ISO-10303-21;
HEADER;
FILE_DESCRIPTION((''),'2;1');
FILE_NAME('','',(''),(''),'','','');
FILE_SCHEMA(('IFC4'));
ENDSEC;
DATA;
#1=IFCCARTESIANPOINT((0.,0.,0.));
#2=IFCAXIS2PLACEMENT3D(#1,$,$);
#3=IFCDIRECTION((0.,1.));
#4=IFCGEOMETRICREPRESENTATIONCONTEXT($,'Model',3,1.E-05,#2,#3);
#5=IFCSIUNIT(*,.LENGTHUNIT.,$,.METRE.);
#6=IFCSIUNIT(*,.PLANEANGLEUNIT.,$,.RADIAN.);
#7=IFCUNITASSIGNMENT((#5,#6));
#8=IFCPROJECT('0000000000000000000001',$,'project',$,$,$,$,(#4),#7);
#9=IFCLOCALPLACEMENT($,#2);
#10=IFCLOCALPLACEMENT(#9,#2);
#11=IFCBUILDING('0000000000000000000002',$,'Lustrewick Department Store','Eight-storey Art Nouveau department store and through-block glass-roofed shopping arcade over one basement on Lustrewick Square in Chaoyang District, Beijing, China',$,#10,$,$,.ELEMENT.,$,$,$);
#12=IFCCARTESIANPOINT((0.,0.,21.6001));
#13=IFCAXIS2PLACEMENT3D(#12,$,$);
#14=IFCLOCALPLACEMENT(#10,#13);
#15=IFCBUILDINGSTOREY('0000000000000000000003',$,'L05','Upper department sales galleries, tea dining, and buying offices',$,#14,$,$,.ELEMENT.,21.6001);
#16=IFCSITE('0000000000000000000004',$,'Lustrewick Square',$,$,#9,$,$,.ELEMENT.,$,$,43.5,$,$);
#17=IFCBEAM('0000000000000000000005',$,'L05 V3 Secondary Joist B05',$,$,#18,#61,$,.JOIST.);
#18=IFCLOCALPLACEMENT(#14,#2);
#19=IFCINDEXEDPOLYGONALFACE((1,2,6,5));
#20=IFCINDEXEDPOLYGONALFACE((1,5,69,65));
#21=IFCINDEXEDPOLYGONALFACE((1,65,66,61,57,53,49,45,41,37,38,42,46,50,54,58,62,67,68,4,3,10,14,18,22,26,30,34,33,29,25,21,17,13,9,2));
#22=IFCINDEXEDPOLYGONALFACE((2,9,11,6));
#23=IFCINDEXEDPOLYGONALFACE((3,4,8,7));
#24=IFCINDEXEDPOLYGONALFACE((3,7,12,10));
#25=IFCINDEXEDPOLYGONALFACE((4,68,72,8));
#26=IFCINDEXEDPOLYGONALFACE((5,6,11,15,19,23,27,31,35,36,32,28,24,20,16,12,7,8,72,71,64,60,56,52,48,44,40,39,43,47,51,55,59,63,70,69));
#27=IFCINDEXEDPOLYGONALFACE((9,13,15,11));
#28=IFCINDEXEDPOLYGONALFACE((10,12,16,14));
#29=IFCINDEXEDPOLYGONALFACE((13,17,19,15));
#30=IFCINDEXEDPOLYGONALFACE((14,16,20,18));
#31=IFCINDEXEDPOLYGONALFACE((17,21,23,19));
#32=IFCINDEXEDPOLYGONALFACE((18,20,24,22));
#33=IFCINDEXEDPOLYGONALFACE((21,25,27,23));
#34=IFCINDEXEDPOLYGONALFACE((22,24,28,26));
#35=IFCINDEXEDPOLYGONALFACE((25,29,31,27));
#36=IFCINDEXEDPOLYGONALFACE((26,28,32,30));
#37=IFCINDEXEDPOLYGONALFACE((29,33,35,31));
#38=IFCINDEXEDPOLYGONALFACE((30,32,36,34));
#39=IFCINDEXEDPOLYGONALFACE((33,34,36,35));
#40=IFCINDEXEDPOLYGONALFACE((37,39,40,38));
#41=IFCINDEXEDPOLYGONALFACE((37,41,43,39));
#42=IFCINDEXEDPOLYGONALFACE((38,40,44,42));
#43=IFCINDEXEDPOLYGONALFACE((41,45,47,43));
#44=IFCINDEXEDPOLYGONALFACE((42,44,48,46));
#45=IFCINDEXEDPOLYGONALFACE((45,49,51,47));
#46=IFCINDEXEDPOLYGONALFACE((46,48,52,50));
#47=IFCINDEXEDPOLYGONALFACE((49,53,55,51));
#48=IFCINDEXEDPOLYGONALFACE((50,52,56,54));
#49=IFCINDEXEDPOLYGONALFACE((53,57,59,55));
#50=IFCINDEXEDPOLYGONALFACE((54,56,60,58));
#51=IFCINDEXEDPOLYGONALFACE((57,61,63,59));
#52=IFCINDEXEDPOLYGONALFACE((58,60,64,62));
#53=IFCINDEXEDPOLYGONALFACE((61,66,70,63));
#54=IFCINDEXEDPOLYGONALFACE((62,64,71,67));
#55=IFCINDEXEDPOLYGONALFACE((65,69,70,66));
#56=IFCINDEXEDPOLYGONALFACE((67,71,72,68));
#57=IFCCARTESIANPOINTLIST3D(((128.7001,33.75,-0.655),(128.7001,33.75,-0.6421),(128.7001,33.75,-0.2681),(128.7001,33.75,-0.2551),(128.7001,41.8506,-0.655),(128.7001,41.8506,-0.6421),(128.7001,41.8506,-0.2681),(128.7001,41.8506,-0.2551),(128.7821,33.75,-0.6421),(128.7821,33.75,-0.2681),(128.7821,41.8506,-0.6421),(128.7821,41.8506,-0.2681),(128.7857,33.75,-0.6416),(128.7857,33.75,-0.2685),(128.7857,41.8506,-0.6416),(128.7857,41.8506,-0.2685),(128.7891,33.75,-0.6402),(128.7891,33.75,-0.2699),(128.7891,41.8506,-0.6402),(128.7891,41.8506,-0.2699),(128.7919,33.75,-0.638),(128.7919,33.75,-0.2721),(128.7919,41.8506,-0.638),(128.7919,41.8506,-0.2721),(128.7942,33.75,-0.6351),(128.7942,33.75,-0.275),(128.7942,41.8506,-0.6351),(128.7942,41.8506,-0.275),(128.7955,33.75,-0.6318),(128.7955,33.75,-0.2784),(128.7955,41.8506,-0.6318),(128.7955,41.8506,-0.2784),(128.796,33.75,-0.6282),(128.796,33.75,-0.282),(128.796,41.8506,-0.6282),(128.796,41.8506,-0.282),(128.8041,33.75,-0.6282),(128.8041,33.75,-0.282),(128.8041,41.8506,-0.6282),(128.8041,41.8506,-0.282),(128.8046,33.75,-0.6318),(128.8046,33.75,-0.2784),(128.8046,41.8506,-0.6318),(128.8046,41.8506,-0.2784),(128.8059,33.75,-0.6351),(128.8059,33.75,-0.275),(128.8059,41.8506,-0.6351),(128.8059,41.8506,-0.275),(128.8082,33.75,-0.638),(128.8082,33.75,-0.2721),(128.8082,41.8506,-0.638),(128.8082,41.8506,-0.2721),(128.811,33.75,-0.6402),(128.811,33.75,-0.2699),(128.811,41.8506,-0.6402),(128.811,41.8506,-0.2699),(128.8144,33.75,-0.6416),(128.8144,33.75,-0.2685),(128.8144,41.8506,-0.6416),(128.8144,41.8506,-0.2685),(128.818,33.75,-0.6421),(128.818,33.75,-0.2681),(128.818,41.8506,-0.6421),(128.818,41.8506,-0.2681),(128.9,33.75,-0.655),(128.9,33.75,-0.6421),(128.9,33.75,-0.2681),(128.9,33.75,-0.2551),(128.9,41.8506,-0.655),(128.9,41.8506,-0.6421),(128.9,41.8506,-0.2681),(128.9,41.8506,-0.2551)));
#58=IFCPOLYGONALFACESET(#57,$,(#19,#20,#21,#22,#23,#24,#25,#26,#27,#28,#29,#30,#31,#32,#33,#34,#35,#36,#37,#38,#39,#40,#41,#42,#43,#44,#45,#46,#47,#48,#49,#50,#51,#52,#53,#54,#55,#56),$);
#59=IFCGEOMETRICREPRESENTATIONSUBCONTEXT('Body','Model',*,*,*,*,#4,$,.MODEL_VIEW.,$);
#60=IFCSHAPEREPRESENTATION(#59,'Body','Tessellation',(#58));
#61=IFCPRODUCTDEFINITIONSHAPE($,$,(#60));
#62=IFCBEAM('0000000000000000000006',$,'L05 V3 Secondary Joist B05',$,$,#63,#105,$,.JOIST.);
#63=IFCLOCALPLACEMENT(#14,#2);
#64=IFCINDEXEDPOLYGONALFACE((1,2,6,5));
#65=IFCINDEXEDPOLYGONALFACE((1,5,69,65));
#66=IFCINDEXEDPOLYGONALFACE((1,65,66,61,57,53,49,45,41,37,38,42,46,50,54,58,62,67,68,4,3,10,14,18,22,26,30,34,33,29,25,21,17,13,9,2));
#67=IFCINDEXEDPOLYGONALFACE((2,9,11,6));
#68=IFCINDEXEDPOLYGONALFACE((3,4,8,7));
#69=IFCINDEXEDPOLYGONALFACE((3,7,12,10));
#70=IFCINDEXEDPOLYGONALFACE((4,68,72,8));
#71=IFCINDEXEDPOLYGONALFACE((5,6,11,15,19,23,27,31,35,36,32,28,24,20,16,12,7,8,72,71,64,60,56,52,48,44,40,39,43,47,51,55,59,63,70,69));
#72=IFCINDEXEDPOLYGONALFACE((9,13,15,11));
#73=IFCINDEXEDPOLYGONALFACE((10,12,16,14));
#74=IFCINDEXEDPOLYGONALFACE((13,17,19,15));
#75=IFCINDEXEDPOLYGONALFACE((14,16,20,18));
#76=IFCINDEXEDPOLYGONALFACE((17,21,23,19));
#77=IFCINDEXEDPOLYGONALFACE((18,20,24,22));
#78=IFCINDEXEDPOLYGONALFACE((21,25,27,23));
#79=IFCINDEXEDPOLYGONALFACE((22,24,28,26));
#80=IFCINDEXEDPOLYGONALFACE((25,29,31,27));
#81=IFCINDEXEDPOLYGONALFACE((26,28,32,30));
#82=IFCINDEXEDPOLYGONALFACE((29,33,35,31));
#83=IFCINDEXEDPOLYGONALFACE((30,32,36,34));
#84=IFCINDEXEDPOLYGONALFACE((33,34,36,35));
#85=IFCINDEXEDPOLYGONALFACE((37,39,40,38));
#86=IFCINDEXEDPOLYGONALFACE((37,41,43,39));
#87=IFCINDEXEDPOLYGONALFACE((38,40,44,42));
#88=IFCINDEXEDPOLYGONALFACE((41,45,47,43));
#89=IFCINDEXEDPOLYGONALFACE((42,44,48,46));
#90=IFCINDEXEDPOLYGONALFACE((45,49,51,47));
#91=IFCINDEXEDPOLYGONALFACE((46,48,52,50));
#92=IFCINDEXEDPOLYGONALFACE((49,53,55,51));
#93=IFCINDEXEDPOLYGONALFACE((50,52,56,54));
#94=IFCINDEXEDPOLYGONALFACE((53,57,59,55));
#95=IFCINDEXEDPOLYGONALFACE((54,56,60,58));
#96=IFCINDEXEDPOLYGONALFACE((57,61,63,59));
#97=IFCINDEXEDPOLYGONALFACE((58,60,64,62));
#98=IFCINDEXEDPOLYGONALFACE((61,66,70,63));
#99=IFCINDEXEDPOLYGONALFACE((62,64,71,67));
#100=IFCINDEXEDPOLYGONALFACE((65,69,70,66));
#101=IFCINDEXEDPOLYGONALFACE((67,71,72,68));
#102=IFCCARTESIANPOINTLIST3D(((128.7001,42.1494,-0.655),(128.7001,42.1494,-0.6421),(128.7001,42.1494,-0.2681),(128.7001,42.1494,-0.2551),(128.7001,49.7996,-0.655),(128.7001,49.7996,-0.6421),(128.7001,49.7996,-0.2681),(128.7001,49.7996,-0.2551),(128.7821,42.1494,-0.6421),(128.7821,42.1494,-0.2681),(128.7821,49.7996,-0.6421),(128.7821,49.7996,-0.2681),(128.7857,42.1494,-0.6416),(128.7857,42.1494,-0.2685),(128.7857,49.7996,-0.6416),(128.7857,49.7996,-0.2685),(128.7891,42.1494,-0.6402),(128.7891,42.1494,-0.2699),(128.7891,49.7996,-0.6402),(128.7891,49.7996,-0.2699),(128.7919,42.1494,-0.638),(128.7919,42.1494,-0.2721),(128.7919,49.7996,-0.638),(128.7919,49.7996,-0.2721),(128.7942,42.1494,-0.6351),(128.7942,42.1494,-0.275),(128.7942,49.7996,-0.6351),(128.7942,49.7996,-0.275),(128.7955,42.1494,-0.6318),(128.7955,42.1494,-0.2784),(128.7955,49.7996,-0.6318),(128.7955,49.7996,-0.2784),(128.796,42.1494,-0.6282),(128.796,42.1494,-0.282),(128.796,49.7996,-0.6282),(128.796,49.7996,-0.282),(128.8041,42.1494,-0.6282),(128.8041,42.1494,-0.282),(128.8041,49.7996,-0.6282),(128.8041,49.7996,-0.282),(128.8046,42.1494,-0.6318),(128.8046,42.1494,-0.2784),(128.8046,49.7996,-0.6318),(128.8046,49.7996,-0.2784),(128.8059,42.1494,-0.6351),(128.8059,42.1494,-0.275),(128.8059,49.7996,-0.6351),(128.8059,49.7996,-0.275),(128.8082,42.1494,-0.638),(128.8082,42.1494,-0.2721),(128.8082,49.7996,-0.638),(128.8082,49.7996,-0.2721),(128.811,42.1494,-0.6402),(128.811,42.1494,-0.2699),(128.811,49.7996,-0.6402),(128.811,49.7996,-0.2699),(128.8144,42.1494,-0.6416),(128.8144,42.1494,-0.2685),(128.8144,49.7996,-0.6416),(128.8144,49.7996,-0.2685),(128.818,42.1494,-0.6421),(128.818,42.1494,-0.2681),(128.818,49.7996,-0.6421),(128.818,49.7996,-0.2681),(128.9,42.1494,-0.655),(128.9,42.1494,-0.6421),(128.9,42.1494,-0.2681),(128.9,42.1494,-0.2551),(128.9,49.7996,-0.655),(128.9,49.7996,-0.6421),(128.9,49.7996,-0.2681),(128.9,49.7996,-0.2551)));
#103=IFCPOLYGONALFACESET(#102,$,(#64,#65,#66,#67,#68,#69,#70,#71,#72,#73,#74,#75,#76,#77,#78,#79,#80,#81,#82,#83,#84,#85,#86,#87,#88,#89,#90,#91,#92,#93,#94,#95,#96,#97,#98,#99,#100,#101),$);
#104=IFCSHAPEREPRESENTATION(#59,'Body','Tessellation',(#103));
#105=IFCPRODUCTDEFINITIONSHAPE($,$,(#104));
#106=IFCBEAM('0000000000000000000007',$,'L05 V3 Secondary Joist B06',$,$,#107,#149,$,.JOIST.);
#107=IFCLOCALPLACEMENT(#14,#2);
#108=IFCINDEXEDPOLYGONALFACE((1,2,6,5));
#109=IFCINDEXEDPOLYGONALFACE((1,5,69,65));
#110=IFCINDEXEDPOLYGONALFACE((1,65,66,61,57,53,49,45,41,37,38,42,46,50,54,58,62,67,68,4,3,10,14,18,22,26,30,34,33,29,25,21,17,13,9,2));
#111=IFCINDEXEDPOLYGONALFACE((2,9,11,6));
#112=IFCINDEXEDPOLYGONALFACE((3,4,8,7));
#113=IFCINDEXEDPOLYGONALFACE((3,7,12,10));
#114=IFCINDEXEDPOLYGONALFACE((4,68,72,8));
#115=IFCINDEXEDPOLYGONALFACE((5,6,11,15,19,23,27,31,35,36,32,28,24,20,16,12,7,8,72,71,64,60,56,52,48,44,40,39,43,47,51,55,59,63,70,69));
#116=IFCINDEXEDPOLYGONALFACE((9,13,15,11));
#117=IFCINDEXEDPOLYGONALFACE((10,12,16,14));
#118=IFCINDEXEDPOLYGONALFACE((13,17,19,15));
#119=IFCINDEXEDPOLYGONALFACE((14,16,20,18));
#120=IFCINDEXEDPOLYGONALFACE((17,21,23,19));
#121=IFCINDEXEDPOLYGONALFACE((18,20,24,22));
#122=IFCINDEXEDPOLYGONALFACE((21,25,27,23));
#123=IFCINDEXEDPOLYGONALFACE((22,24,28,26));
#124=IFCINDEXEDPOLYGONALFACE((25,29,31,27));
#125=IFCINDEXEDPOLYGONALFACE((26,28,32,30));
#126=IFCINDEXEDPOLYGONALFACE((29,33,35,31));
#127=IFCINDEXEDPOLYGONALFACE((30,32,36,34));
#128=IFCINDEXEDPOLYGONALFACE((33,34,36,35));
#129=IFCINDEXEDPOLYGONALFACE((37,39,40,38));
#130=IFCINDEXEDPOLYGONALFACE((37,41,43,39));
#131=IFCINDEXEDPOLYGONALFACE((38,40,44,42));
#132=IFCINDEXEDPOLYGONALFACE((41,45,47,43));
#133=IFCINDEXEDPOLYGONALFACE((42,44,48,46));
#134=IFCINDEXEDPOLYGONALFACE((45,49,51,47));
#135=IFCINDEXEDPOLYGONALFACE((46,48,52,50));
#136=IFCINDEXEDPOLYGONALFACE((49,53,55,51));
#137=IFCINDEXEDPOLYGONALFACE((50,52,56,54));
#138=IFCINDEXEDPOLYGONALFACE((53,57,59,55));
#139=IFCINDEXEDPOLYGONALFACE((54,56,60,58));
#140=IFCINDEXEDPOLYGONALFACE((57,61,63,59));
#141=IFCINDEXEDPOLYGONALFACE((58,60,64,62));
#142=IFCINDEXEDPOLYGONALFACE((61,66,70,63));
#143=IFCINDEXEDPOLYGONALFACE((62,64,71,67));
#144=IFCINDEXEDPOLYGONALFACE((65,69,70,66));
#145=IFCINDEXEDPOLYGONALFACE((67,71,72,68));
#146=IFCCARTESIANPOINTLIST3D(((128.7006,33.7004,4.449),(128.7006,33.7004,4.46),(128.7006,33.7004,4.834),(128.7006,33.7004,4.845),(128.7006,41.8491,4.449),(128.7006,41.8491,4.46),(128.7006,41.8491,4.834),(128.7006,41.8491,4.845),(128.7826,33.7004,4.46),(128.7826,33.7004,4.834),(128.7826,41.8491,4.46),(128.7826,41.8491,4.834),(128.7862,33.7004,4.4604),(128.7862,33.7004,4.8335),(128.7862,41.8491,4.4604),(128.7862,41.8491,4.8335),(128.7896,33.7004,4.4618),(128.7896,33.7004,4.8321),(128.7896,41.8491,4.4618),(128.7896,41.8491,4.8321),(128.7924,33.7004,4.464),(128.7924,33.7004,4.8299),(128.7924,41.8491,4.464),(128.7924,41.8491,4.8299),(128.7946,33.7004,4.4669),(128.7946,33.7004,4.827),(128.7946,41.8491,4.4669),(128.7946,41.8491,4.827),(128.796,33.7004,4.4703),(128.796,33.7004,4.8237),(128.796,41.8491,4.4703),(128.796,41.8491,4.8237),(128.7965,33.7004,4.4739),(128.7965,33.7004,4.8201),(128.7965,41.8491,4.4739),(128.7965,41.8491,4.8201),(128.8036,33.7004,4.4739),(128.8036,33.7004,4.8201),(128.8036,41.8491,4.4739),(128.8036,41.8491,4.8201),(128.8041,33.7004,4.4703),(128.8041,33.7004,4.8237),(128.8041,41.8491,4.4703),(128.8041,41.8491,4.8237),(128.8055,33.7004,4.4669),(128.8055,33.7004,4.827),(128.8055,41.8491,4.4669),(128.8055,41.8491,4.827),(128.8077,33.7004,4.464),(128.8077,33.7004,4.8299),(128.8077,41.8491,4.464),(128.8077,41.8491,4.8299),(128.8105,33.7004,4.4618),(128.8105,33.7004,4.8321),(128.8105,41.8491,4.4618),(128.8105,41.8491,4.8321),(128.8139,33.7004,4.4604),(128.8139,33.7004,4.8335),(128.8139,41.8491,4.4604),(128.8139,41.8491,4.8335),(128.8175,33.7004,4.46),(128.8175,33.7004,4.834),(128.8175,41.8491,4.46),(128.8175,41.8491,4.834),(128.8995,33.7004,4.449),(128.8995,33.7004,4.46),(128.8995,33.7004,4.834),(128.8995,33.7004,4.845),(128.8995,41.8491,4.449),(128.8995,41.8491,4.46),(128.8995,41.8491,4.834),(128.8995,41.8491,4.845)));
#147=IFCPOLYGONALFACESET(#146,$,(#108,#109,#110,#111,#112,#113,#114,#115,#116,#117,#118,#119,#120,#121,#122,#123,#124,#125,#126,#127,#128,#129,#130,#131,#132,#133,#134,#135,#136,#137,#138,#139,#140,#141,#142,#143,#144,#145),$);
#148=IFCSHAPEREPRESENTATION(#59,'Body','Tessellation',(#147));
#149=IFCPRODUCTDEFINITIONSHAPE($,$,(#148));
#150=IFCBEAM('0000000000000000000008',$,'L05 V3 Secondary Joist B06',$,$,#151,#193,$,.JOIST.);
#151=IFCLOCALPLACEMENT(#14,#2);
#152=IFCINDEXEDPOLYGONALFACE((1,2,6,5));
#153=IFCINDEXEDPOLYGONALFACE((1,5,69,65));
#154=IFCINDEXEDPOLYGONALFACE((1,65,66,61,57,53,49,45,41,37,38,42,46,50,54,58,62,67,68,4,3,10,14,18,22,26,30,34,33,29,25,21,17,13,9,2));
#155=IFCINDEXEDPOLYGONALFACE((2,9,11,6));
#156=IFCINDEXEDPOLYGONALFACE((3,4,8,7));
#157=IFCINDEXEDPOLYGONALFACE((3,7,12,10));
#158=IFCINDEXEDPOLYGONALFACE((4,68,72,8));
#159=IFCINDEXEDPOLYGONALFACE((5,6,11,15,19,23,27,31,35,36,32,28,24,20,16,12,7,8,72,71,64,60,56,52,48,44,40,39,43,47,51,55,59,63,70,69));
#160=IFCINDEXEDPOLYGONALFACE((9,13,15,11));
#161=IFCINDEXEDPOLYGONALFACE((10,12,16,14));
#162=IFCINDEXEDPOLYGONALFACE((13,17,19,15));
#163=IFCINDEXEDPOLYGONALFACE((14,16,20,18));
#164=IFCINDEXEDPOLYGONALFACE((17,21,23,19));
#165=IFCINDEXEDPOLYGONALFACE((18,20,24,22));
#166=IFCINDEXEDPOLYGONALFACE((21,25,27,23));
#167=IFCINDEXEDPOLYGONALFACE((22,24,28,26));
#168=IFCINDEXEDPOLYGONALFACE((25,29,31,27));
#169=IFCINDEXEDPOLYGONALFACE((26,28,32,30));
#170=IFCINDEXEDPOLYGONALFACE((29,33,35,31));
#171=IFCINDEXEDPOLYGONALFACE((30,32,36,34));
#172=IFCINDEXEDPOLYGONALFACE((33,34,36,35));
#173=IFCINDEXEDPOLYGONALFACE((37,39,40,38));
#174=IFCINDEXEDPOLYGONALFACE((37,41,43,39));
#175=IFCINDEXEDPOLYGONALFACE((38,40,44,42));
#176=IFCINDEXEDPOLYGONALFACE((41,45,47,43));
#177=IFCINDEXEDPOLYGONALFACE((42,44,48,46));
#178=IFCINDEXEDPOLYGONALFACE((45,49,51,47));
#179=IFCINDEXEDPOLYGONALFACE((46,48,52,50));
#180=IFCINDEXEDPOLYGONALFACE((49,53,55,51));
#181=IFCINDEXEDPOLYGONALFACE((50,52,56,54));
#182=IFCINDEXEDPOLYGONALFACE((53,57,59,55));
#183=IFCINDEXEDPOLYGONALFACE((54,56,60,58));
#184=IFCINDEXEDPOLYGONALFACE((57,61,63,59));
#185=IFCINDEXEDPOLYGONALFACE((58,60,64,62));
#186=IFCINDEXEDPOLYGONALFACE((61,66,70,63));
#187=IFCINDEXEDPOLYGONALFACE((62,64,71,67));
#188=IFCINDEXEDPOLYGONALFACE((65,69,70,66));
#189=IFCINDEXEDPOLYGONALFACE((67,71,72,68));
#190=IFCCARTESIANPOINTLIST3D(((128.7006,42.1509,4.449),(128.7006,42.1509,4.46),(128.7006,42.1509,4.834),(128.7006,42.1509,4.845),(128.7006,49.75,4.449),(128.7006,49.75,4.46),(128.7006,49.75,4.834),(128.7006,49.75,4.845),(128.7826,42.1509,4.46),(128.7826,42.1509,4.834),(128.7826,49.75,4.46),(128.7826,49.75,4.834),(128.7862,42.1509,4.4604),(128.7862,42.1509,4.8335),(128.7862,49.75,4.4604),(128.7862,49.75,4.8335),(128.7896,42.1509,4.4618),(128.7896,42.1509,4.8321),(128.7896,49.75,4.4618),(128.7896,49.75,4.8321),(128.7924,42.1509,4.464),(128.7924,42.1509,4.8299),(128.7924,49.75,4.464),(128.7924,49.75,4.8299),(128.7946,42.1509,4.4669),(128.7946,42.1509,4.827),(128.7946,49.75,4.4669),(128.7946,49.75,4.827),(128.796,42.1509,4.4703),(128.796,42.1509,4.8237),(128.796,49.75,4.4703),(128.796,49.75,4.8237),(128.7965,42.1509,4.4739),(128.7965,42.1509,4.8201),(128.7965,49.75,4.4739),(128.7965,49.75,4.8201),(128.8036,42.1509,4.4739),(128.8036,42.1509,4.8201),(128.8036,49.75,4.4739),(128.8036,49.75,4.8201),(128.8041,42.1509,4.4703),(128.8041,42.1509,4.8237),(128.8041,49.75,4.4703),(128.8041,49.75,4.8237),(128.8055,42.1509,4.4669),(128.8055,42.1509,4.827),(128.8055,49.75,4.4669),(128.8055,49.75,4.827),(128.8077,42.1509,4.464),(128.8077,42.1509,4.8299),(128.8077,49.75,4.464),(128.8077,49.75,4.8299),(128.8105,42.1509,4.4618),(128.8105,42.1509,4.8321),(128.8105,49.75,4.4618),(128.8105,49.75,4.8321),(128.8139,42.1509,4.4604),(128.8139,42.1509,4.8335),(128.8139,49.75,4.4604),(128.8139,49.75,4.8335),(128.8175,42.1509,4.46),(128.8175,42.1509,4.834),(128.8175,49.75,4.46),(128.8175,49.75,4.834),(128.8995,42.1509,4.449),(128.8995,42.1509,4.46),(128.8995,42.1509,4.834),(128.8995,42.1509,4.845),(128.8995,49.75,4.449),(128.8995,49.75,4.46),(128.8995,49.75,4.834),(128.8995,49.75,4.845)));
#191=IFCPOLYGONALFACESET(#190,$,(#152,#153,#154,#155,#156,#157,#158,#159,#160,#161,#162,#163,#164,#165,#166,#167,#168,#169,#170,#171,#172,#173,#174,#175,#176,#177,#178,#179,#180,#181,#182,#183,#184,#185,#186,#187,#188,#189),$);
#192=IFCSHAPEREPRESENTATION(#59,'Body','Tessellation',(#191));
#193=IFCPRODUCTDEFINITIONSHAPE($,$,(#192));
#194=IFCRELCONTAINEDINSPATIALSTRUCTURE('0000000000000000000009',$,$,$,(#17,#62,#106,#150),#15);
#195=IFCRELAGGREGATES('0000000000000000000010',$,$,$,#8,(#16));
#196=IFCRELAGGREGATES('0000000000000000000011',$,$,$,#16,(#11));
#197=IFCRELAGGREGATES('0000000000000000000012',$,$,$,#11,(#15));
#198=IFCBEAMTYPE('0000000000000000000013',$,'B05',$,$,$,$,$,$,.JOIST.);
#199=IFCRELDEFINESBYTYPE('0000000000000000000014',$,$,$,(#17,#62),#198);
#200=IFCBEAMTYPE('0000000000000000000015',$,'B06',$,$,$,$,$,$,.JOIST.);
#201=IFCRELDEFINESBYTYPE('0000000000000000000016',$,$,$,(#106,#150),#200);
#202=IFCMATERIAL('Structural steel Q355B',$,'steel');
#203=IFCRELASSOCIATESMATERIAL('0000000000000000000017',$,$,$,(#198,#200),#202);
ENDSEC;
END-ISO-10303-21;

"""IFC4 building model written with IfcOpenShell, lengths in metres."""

from ifc_helpers import new_model, si_unit, direction, frame, origin, origin_2d, place, context, subcontext, project, spatial, i_section, extrude, material, material_profile, profile_set, type_object, element, save


model = new_model("IFC4")

# Units and contexts
model_context = context("Model", 3, precision=1e-05, world=origin(), true_north=direction((0.0, 1.0)))
body_context = subcontext(model_context, "Body", "Model", "MODEL_VIEW")
ifc_project = project(units=[si_unit("LENGTHUNIT", "METRE"), si_unit("PLANEANGLEUNIT", "RADIAN")], contexts=[model_context])

# Site, building, storey
site_placement = place(None, origin())
site = spatial("IfcSite", under=ifc_project, at=site_placement, Name="Lustrewick Square", CompositionType="ELEMENT", RefElevation=43.5)
building_placement = place(site_placement, origin())
building = spatial("IfcBuilding", under=site, at=building_placement, Name="Lustrewick Department Store", Description="Eight-storey Art Nouveau department store and through-block glass-roofed shopping arcade over one basement on Lustrewick Square in Chaoyang District, Beijing, China", CompositionType="ELEMENT")
storey_placement = place(building_placement, frame((0.0, 0.0, 21.6001)))
storey = spatial("IfcBuildingStorey", under=building, at=storey_placement, Name="L05", Description="Upper department sales galleries, tea dining, and buying offices", CompositionType="ELEMENT", Elevation=21.6001)

# Beams
ifc_material_1 = material(Name="Structural steel Q355B", Category="steel")
ifc_material_profile_1 = material_profile(ifc_material_1, i_section(OverallWidth=0.2, OverallDepth=0.3999, WebThickness=0.0081, FlangeThickness=0.0129, FilletRadius=0.0139, at=origin_2d()), Name="HN 400x200x8x13")
ifc_profile_set_1 = profile_set([ifc_material_profile_1], Name="Structural steel Q355B")
beam_type_1 = type_object("IfcBeamType", Name="B05", PredefinedType="JOIST", material=ifc_profile_set_1)
beam_1_placement = place(storey_placement, frame((128.8, 33.75, -0.4551), z_axis=(0.0, 1.0, 0.0), x_axis=(-1.0, 0.0, 0.0)))
element("IfcBeam", 1, at=beam_1_placement, inside=storey, type_object=beam_type_1, Name="L05 V3 Secondary Joist B05", PredefinedType="JOIST", context=body_context, shape_type="SweptSolid", body=[
    extrude(i_section(OverallWidth=0.2, OverallDepth=0.3999, WebThickness=0.0081, FlangeThickness=0.0129, FilletRadius=0.0139, at=origin_2d()), origin(), (0.0, 0.0, 1.0), 8.1006),
])
beam_2_placement = place(storey_placement, frame((128.8, 42.1494, -0.4551), z_axis=(0.0, 1.0, 0.0), x_axis=(-1.0, 0.0, 0.0)))
element("IfcBeam", 2, at=beam_2_placement, inside=storey, type_object=beam_type_1, Name="L05 V3 Secondary Joist B05", PredefinedType="JOIST", context=body_context, shape_type="SweptSolid", body=[
    extrude(i_section(OverallWidth=0.2, OverallDepth=0.3999, WebThickness=0.0081, FlangeThickness=0.0129, FilletRadius=0.0139, at=origin_2d()), origin(), (0.0, 0.0, 1.0), 7.6501),
])
ifc_material_profile_2 = material_profile(ifc_material_1, i_section(OverallWidth=0.199, OverallDepth=0.396, WebThickness=0.0071, FlangeThickness=0.011, FilletRadius=0.0139, at=origin_2d()), Name="HN 396x199x7x11")
ifc_profile_set_2 = profile_set([ifc_material_profile_2], Name="Structural steel Q355B")
beam_type_2 = type_object("IfcBeamType", Name="B06", PredefinedType="JOIST", material=ifc_profile_set_2)
beam_3_placement = place(storey_placement, frame((128.8, 33.7004, 4.647), z_axis=(0.0, 1.0, 0.0), x_axis=(-1.0, 0.0, 0.0)))
element("IfcBeam", 3, at=beam_3_placement, inside=storey, type_object=beam_type_2, Name="L05 V3 Secondary Joist B06", PredefinedType="JOIST", context=body_context, shape_type="SweptSolid", body=[
    extrude(i_section(OverallWidth=0.199, OverallDepth=0.396, WebThickness=0.0071, FlangeThickness=0.011, FilletRadius=0.0139, at=origin_2d()), origin(), (0.0, 0.0, 1.0), 8.1487),
])
beam_4_placement = place(storey_placement, frame((128.8, 42.1509, 4.647), z_axis=(0.0, 1.0, 0.0), x_axis=(-1.0, 0.0, 0.0)))
element("IfcBeam", 4, at=beam_4_placement, inside=storey, type_object=beam_type_2, Name="L05 V3 Secondary Joist B06", PredefinedType="JOIST", context=body_context, shape_type="SweptSolid", body=[
    extrude(i_section(OverallWidth=0.199, OverallDepth=0.396, WebThickness=0.0071, FlangeThickness=0.011, FilletRadius=0.0139, at=origin_2d()), origin(), (0.0, 0.0, 1.0), 7.5991),
])

save(model, "model.ifc")
